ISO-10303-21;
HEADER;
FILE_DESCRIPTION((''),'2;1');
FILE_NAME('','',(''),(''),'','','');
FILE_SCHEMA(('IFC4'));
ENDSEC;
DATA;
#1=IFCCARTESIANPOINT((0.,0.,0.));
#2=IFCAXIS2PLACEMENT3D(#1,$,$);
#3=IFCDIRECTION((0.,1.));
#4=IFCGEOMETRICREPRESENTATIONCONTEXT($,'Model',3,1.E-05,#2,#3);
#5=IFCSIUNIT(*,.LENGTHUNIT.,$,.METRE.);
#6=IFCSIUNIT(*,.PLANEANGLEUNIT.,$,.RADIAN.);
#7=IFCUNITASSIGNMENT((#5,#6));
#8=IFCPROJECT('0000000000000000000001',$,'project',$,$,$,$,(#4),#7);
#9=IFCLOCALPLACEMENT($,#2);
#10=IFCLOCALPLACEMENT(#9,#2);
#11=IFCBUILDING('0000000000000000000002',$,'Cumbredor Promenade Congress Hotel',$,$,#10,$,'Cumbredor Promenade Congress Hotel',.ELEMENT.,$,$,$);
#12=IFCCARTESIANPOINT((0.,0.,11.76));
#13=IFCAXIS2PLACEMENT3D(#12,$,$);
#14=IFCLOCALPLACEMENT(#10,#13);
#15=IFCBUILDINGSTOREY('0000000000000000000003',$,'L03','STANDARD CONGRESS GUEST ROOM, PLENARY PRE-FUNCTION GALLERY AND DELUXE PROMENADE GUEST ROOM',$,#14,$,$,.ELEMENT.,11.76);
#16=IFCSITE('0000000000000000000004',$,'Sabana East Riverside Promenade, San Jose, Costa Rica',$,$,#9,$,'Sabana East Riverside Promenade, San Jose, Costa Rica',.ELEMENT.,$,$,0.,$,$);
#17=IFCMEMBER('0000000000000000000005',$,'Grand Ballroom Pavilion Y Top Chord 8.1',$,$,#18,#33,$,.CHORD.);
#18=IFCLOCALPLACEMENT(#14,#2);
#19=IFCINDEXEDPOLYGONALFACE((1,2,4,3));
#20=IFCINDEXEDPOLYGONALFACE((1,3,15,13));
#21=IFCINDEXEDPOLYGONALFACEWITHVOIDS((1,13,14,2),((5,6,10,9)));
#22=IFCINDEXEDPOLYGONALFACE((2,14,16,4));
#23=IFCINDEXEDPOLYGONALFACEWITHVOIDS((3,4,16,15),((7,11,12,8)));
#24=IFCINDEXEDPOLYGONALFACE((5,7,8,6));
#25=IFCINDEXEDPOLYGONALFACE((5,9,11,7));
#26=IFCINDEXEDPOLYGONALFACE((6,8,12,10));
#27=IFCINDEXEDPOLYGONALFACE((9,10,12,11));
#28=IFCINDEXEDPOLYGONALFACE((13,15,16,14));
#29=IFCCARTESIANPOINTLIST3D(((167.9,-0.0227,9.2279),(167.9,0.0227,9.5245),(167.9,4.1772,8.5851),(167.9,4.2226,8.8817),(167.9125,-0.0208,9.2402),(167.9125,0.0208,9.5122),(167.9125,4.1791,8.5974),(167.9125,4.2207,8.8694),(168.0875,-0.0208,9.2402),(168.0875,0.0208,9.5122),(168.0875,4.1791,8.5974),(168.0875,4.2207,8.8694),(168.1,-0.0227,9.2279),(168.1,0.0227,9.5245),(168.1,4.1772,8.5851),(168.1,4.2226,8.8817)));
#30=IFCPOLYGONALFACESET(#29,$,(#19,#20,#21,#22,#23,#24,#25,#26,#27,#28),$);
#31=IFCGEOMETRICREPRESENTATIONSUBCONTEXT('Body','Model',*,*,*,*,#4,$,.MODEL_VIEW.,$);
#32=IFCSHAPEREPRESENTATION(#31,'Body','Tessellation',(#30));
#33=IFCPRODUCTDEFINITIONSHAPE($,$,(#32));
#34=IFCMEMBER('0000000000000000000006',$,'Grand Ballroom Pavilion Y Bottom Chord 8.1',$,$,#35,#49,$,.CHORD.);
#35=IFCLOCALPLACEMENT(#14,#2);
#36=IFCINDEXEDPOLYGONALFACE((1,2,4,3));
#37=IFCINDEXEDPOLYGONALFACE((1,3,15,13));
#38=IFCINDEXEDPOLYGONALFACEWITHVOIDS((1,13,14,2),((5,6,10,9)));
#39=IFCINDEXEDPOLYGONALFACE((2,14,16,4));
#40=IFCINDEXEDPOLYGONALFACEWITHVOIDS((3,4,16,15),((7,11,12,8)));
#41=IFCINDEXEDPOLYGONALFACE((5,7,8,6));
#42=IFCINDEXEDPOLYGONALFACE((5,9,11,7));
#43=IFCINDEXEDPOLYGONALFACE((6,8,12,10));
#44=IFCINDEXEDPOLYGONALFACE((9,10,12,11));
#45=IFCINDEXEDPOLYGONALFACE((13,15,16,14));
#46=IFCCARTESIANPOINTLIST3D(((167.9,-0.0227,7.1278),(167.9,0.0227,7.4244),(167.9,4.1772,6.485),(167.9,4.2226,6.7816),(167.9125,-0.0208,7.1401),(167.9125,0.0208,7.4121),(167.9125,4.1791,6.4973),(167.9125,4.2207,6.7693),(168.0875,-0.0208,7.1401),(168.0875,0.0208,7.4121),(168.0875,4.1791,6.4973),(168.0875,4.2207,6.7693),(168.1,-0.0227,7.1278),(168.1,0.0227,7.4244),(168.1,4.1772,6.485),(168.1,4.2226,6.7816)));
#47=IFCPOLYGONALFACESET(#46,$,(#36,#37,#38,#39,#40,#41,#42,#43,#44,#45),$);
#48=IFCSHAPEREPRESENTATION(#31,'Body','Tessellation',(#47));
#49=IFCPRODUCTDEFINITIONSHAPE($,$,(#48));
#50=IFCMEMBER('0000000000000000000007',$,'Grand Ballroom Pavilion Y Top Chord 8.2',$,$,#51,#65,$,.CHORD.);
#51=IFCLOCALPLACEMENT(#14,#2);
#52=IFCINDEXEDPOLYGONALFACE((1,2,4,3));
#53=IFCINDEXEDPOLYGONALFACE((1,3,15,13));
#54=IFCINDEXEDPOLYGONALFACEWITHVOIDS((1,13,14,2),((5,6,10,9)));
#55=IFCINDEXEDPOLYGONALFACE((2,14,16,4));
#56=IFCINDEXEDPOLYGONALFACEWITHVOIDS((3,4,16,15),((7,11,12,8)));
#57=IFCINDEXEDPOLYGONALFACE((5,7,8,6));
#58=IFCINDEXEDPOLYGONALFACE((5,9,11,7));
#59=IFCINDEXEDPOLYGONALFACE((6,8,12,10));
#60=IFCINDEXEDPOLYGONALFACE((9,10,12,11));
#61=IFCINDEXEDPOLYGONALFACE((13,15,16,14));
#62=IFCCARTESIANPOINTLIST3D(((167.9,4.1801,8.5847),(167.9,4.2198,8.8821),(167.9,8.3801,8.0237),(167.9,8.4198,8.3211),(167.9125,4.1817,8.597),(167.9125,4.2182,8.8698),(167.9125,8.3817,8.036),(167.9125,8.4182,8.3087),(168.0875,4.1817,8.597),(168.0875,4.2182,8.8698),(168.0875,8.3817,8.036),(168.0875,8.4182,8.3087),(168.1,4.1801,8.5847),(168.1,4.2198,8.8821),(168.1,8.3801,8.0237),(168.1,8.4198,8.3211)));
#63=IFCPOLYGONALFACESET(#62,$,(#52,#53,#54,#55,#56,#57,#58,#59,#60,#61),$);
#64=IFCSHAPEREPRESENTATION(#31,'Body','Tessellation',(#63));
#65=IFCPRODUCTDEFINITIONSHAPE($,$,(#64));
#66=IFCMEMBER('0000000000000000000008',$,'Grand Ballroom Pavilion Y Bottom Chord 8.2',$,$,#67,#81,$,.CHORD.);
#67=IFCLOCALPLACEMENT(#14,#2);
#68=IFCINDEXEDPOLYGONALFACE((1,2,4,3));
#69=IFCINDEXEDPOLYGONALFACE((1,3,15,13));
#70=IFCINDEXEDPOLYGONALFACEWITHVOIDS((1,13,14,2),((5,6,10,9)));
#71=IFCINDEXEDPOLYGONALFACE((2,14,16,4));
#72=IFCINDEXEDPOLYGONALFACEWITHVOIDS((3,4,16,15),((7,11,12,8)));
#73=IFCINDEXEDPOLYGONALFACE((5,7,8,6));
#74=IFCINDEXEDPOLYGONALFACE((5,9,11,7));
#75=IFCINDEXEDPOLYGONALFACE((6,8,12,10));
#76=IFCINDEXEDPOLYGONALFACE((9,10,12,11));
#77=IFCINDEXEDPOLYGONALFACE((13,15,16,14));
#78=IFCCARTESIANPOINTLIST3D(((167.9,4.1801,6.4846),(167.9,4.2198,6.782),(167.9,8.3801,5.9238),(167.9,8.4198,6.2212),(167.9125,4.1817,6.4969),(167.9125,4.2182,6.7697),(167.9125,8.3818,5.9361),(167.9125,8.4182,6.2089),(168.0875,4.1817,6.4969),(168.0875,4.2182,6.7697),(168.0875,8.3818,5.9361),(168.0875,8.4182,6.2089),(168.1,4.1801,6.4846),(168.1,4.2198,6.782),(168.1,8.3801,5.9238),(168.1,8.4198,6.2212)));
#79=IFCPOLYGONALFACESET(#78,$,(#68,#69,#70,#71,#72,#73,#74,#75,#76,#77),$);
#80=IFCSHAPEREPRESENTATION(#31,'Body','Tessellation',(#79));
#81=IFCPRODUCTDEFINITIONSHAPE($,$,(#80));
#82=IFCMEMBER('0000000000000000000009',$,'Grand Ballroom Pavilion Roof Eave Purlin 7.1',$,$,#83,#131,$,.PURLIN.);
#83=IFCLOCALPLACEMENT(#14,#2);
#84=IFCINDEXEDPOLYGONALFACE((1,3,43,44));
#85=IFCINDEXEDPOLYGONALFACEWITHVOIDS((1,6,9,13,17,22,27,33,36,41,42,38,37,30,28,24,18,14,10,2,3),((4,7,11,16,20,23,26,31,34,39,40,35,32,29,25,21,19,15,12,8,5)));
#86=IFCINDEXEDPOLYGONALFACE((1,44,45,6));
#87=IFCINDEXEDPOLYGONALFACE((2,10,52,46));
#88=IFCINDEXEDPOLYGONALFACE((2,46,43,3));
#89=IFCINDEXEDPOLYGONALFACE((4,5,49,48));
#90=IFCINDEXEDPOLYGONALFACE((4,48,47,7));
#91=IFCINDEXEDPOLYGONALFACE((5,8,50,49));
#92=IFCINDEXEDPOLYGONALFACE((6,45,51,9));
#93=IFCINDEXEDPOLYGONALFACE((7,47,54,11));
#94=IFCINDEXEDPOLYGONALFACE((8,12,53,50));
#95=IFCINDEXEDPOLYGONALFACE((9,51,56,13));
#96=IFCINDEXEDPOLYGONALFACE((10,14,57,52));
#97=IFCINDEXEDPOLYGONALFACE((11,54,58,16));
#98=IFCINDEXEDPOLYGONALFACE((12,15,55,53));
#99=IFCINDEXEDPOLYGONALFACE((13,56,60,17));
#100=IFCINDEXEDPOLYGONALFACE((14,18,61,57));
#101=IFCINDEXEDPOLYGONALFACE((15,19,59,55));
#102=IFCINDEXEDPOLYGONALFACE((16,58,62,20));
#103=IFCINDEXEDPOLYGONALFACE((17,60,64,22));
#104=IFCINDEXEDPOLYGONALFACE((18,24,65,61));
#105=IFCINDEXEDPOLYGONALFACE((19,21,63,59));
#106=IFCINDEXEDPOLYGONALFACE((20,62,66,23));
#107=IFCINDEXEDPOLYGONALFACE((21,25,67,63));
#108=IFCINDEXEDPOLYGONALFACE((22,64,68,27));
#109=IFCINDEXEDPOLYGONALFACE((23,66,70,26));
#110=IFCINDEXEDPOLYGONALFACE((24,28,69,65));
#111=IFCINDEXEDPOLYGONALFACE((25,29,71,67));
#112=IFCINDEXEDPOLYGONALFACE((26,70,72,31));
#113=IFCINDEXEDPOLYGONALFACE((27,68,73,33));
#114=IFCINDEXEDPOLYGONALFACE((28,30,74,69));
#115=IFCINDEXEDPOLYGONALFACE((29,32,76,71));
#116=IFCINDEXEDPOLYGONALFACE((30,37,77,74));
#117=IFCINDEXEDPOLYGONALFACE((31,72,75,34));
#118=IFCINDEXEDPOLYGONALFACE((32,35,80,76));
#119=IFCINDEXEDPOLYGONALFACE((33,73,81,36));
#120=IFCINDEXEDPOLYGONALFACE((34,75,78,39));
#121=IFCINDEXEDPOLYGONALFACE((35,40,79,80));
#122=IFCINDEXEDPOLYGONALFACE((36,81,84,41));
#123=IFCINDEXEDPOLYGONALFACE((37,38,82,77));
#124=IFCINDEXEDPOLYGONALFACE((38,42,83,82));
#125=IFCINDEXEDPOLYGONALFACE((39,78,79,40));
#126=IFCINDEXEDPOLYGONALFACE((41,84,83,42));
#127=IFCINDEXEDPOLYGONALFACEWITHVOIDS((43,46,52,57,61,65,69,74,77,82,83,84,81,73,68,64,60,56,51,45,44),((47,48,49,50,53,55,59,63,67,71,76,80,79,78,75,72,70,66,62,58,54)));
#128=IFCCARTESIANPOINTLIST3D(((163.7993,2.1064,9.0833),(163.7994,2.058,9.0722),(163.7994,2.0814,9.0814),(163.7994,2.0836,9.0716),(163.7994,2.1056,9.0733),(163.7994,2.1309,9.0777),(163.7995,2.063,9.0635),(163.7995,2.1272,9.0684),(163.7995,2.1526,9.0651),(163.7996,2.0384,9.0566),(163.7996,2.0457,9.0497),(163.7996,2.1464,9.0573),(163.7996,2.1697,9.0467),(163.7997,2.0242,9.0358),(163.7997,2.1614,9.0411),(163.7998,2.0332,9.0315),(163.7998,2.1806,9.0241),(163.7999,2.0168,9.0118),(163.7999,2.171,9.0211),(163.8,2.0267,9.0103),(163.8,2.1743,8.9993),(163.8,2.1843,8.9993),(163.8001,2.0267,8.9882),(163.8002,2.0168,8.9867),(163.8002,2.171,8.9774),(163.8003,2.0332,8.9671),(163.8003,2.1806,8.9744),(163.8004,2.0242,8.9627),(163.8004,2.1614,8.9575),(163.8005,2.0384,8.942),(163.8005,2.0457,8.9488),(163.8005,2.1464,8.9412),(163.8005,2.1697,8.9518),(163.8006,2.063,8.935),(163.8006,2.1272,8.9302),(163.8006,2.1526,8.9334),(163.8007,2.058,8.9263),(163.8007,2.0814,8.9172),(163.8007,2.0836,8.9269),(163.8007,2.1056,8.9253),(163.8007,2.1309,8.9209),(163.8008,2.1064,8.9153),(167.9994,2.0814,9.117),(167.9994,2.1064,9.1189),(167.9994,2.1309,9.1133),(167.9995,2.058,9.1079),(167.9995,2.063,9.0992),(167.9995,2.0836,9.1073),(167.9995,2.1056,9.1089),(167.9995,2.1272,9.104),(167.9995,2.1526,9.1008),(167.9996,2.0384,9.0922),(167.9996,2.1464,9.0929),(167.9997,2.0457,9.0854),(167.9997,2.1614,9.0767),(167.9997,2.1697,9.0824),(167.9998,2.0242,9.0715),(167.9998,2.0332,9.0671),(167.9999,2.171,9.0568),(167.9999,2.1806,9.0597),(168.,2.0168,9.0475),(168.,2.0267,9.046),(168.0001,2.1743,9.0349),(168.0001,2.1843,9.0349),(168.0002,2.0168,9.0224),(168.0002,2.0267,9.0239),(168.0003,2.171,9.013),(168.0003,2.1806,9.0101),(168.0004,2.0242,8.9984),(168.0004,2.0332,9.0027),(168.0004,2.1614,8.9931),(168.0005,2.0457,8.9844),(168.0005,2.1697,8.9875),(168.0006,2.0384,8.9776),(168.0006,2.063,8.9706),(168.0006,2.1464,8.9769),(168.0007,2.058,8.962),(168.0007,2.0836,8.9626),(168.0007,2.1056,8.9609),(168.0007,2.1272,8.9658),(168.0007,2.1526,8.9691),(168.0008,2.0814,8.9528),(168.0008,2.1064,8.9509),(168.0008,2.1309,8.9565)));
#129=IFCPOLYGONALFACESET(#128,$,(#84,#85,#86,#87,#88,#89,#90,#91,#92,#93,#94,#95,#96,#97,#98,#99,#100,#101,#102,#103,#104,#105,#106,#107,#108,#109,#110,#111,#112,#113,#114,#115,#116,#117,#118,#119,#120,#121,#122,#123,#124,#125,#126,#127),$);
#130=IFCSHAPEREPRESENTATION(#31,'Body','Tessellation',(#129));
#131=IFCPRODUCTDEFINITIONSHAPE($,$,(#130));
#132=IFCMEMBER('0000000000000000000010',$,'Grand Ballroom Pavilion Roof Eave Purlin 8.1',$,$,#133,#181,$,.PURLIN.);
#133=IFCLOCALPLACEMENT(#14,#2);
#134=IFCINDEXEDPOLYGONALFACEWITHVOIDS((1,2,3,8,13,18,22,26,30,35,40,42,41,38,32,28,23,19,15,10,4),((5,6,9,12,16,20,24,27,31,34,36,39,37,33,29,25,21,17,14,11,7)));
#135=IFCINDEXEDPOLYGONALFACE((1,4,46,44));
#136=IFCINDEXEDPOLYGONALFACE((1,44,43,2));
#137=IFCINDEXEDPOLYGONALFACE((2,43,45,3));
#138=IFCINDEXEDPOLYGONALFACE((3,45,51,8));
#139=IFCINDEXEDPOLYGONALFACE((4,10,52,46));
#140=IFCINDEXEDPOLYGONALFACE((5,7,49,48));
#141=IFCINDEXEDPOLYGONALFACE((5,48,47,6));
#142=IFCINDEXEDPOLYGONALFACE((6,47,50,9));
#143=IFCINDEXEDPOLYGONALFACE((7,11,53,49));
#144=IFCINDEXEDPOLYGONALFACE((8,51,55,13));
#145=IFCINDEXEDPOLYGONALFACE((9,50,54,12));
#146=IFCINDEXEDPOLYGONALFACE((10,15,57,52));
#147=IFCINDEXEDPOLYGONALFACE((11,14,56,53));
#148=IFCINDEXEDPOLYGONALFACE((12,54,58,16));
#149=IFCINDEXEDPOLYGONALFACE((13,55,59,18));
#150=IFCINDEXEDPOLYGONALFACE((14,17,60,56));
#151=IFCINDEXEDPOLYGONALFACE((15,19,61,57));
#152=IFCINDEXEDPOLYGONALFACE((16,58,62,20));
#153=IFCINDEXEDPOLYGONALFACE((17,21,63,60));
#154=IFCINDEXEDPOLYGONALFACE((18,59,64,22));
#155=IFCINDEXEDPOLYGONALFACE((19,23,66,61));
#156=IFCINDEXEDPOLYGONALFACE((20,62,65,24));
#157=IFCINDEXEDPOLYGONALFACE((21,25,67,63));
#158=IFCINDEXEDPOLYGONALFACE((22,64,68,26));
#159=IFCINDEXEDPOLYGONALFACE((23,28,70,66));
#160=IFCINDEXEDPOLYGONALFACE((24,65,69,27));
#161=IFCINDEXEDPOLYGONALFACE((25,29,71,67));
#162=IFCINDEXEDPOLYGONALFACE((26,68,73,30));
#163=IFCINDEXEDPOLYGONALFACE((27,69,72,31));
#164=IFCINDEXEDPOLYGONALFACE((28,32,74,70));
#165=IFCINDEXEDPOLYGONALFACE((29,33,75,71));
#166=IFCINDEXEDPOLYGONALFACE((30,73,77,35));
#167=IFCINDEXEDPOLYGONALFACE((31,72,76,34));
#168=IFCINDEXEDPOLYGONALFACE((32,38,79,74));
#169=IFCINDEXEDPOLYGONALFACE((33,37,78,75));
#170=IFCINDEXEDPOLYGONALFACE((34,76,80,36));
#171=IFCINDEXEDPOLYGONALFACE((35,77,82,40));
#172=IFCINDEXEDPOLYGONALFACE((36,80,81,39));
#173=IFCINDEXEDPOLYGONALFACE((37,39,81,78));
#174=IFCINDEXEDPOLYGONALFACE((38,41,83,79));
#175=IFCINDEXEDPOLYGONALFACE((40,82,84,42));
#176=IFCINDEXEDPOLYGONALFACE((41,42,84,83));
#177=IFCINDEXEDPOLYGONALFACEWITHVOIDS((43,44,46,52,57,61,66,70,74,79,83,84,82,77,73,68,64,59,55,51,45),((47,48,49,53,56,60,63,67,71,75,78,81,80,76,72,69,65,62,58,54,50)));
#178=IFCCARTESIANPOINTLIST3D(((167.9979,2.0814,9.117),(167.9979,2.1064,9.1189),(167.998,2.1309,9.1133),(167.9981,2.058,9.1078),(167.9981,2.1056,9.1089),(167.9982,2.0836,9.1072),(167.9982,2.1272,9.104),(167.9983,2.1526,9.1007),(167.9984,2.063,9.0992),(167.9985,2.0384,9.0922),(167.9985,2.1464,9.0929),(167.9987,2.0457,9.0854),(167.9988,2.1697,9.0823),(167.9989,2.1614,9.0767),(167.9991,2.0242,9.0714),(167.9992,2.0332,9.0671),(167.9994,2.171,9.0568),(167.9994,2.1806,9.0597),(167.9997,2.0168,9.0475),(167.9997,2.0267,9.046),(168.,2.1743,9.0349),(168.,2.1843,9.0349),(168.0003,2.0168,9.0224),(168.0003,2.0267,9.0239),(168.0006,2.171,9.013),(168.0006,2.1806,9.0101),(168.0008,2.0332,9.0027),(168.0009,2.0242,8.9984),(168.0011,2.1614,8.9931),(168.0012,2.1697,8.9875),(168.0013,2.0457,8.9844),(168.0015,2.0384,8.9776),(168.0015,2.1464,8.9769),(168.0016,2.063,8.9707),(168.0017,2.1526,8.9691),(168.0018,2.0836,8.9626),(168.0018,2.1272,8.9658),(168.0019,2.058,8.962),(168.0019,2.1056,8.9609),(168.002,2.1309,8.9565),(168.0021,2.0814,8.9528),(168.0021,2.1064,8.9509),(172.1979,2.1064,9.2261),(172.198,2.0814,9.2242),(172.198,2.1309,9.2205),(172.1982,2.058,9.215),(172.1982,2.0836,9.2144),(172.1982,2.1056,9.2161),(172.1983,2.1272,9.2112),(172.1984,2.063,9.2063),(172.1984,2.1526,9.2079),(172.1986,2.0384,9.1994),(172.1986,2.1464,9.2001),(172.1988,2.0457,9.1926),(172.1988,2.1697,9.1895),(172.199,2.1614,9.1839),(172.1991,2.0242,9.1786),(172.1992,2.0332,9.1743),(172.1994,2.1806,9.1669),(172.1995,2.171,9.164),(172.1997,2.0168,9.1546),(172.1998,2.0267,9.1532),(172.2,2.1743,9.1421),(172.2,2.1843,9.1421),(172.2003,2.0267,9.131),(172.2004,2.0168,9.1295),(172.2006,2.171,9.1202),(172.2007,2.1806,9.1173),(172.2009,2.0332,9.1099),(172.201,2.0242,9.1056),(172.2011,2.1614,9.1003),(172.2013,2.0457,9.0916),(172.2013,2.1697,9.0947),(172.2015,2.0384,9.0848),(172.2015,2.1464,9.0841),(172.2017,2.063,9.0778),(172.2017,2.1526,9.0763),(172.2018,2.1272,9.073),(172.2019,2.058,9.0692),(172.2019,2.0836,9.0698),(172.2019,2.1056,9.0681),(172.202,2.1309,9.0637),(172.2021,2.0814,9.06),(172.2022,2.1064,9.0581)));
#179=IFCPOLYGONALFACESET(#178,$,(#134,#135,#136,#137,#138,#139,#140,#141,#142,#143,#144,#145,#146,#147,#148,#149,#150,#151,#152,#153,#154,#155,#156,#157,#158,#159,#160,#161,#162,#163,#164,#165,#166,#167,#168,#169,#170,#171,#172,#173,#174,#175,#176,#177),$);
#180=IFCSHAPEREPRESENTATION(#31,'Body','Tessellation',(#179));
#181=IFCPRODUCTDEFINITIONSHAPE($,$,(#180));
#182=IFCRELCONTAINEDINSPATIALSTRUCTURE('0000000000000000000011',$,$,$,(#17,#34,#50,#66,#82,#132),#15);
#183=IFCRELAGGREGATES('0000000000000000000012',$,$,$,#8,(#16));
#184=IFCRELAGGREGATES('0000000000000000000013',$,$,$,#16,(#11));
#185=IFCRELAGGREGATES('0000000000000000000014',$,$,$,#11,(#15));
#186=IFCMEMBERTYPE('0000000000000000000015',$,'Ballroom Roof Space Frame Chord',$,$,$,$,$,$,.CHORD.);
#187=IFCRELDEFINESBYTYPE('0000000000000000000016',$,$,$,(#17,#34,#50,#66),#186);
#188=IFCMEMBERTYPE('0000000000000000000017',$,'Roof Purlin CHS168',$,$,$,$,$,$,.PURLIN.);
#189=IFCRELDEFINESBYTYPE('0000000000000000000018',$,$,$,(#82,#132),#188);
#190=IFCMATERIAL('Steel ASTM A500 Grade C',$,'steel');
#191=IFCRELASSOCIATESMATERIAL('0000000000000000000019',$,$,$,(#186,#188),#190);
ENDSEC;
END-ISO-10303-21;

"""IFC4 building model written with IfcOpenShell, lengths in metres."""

from ifc_helpers import new_model, si_unit, direction, frame, origin, origin_2d, place, context, subcontext, project, spatial, hollow_rectangle, hollow_circle, extrude, material, material_profile, profile_set, type_object, element, save


model = new_model("IFC4")

# Units and contexts
model_context = context("Model", 3, precision=1e-05, world=origin(), true_north=direction((0.0, 1.0)))
body_context = subcontext(model_context, "Body", "Model", "MODEL_VIEW")
ifc_project = project(units=[si_unit("LENGTHUNIT", "METRE"), si_unit("PLANEANGLEUNIT", "RADIAN")], contexts=[model_context])

# Site, building, storey
site_placement = place(None, origin())
site = spatial("IfcSite", under=ifc_project, at=site_placement, Name="Sabana East Riverside Promenade, San Jose, Costa Rica", LongName="Sabana East Riverside Promenade, San Jose, Costa Rica", CompositionType="ELEMENT", RefElevation=0.0)
building_placement = place(site_placement, origin())
building = spatial("IfcBuilding", under=site, at=building_placement, Name="Cumbredor Promenade Congress Hotel", LongName="Cumbredor Promenade Congress Hotel", CompositionType="ELEMENT")
storey_placement = place(building_placement, frame((0.0, 0.0, 11.76)))
storey = spatial("IfcBuildingStorey", under=building, at=storey_placement, Name="L03", Description="STANDARD CONGRESS GUEST ROOM, PLENARY PRE-FUNCTION GALLERY AND DELUXE PROMENADE GUEST ROOM", CompositionType="ELEMENT", Elevation=11.76)

# Members
ifc_material_1 = material(Name="Steel ASTM A500 Grade C", Category="steel")
ifc_material_profile_1 = material_profile(ifc_material_1, hollow_rectangle(XDim=0.2, YDim=0.3, WallThickness=0.0125, at=origin_2d()), Name="HSS 300x200x12.5")
ifc_profile_set_1 = profile_set([ifc_material_profile_1], Name="Steel ASTM A500 Grade C")
member_type_1 = type_object("IfcMemberType", Name="Ballroom Roof Space Frame Chord", PredefinedType="CHORD", material=ifc_profile_set_1)
for number, where, z_axis, x_axis, name in (
    (1, (168.0, 0.0, 9.3762), (0.0, 0.988489, -0.151293), (-1.0, 0.0, 0.0), "Grand Ballroom Pavilion Y Top Chord 8.1"),
    (2, (168.0, 0.0, 7.2761), (0.0, 0.988489, -0.151293), (-1.0, 0.0, 0.0), "Grand Ballroom Pavilion Y Bottom Chord 8.1"),
):
    element("IfcMember", number, at=place(storey_placement, frame(where, z_axis=z_axis, x_axis=x_axis)), inside=storey, type_object=member_type_1, Name=name, PredefinedType="CHORD", context=body_context, shape_type="SweptSolid", body=[
        extrude(hollow_rectangle(XDim=0.2, YDim=0.3, WallThickness=0.0125, at=origin_2d()), origin(), (0.0, 0.0, 1.0), 4.2488),
    ])
for number, where, z_axis, x_axis, name in (
    (3, (168.0, 4.2, 8.7334), (0.0, 0.991196, -0.132405), (-1.0, 0.0, 0.0), "Grand Ballroom Pavilion Y Top Chord 8.2"),
    (4, (168.0, 4.2, 6.6333), (0.0, 0.991203, -0.132349), (-1.0, 0.0, 0.0), "Grand Ballroom Pavilion Y Bottom Chord 8.2"),
):
    element("IfcMember", number, at=place(storey_placement, frame(where, z_axis=z_axis, x_axis=x_axis)), inside=storey, type_object=member_type_1, Name=name, PredefinedType="CHORD", context=body_context, shape_type="SweptSolid", body=[
        extrude(hollow_rectangle(XDim=0.2, YDim=0.3, WallThickness=0.0125, at=origin_2d()), origin(), (0.0, 0.0, 1.0), 4.2373),
    ])
ifc_material_profile_2 = material_profile(ifc_material_1, hollow_circle(Radius=0.0842, WallThickness=0.01, at=origin_2d()), Name="CHS 168.3x10")
ifc_profile_set_2 = profile_set([ifc_material_profile_2], Name="Steel ASTM A500 Grade C")
member_type_2 = type_object("IfcMemberType", Name="Roof Purlin CHS168", PredefinedType="PURLIN", material=ifc_profile_set_2)
member_1_placement = place(storey_placement, frame((163.8, 2.1001, 8.9993), z_axis=(0.999964, 0.0, 0.008487), x_axis=(0.0, 1.0, 0.0)))
element("IfcMember", 5, at=member_1_placement, inside=storey, type_object=member_type_2, Name="Grand Ballroom Pavilion Roof Eave Purlin 7.1", PredefinedType="PURLIN", context=body_context, shape_type="SweptSolid", body=[
    extrude(hollow_circle(Radius=0.0842, WallThickness=0.01, at=origin_2d()), origin(), (0.0, 0.0, 1.0), 4.2002),
])
member_2_placement = place(storey_placement, frame((168.0, 2.1001, 9.0349), z_axis=(0.999675, 0.0, 0.02551), x_axis=(0.0, 1.0, 0.0)))
element("IfcMember", 6, at=member_2_placement, inside=storey, type_object=member_type_2, Name="Grand Ballroom Pavilion Roof Eave Purlin 8.1", PredefinedType="PURLIN", context=body_context, shape_type="SweptSolid", body=[
    extrude(hollow_circle(Radius=0.0842, WallThickness=0.01, at=origin_2d()), origin(), (0.0, 0.0, 1.0), 4.2014),
])

save(model, "model.ifc")
